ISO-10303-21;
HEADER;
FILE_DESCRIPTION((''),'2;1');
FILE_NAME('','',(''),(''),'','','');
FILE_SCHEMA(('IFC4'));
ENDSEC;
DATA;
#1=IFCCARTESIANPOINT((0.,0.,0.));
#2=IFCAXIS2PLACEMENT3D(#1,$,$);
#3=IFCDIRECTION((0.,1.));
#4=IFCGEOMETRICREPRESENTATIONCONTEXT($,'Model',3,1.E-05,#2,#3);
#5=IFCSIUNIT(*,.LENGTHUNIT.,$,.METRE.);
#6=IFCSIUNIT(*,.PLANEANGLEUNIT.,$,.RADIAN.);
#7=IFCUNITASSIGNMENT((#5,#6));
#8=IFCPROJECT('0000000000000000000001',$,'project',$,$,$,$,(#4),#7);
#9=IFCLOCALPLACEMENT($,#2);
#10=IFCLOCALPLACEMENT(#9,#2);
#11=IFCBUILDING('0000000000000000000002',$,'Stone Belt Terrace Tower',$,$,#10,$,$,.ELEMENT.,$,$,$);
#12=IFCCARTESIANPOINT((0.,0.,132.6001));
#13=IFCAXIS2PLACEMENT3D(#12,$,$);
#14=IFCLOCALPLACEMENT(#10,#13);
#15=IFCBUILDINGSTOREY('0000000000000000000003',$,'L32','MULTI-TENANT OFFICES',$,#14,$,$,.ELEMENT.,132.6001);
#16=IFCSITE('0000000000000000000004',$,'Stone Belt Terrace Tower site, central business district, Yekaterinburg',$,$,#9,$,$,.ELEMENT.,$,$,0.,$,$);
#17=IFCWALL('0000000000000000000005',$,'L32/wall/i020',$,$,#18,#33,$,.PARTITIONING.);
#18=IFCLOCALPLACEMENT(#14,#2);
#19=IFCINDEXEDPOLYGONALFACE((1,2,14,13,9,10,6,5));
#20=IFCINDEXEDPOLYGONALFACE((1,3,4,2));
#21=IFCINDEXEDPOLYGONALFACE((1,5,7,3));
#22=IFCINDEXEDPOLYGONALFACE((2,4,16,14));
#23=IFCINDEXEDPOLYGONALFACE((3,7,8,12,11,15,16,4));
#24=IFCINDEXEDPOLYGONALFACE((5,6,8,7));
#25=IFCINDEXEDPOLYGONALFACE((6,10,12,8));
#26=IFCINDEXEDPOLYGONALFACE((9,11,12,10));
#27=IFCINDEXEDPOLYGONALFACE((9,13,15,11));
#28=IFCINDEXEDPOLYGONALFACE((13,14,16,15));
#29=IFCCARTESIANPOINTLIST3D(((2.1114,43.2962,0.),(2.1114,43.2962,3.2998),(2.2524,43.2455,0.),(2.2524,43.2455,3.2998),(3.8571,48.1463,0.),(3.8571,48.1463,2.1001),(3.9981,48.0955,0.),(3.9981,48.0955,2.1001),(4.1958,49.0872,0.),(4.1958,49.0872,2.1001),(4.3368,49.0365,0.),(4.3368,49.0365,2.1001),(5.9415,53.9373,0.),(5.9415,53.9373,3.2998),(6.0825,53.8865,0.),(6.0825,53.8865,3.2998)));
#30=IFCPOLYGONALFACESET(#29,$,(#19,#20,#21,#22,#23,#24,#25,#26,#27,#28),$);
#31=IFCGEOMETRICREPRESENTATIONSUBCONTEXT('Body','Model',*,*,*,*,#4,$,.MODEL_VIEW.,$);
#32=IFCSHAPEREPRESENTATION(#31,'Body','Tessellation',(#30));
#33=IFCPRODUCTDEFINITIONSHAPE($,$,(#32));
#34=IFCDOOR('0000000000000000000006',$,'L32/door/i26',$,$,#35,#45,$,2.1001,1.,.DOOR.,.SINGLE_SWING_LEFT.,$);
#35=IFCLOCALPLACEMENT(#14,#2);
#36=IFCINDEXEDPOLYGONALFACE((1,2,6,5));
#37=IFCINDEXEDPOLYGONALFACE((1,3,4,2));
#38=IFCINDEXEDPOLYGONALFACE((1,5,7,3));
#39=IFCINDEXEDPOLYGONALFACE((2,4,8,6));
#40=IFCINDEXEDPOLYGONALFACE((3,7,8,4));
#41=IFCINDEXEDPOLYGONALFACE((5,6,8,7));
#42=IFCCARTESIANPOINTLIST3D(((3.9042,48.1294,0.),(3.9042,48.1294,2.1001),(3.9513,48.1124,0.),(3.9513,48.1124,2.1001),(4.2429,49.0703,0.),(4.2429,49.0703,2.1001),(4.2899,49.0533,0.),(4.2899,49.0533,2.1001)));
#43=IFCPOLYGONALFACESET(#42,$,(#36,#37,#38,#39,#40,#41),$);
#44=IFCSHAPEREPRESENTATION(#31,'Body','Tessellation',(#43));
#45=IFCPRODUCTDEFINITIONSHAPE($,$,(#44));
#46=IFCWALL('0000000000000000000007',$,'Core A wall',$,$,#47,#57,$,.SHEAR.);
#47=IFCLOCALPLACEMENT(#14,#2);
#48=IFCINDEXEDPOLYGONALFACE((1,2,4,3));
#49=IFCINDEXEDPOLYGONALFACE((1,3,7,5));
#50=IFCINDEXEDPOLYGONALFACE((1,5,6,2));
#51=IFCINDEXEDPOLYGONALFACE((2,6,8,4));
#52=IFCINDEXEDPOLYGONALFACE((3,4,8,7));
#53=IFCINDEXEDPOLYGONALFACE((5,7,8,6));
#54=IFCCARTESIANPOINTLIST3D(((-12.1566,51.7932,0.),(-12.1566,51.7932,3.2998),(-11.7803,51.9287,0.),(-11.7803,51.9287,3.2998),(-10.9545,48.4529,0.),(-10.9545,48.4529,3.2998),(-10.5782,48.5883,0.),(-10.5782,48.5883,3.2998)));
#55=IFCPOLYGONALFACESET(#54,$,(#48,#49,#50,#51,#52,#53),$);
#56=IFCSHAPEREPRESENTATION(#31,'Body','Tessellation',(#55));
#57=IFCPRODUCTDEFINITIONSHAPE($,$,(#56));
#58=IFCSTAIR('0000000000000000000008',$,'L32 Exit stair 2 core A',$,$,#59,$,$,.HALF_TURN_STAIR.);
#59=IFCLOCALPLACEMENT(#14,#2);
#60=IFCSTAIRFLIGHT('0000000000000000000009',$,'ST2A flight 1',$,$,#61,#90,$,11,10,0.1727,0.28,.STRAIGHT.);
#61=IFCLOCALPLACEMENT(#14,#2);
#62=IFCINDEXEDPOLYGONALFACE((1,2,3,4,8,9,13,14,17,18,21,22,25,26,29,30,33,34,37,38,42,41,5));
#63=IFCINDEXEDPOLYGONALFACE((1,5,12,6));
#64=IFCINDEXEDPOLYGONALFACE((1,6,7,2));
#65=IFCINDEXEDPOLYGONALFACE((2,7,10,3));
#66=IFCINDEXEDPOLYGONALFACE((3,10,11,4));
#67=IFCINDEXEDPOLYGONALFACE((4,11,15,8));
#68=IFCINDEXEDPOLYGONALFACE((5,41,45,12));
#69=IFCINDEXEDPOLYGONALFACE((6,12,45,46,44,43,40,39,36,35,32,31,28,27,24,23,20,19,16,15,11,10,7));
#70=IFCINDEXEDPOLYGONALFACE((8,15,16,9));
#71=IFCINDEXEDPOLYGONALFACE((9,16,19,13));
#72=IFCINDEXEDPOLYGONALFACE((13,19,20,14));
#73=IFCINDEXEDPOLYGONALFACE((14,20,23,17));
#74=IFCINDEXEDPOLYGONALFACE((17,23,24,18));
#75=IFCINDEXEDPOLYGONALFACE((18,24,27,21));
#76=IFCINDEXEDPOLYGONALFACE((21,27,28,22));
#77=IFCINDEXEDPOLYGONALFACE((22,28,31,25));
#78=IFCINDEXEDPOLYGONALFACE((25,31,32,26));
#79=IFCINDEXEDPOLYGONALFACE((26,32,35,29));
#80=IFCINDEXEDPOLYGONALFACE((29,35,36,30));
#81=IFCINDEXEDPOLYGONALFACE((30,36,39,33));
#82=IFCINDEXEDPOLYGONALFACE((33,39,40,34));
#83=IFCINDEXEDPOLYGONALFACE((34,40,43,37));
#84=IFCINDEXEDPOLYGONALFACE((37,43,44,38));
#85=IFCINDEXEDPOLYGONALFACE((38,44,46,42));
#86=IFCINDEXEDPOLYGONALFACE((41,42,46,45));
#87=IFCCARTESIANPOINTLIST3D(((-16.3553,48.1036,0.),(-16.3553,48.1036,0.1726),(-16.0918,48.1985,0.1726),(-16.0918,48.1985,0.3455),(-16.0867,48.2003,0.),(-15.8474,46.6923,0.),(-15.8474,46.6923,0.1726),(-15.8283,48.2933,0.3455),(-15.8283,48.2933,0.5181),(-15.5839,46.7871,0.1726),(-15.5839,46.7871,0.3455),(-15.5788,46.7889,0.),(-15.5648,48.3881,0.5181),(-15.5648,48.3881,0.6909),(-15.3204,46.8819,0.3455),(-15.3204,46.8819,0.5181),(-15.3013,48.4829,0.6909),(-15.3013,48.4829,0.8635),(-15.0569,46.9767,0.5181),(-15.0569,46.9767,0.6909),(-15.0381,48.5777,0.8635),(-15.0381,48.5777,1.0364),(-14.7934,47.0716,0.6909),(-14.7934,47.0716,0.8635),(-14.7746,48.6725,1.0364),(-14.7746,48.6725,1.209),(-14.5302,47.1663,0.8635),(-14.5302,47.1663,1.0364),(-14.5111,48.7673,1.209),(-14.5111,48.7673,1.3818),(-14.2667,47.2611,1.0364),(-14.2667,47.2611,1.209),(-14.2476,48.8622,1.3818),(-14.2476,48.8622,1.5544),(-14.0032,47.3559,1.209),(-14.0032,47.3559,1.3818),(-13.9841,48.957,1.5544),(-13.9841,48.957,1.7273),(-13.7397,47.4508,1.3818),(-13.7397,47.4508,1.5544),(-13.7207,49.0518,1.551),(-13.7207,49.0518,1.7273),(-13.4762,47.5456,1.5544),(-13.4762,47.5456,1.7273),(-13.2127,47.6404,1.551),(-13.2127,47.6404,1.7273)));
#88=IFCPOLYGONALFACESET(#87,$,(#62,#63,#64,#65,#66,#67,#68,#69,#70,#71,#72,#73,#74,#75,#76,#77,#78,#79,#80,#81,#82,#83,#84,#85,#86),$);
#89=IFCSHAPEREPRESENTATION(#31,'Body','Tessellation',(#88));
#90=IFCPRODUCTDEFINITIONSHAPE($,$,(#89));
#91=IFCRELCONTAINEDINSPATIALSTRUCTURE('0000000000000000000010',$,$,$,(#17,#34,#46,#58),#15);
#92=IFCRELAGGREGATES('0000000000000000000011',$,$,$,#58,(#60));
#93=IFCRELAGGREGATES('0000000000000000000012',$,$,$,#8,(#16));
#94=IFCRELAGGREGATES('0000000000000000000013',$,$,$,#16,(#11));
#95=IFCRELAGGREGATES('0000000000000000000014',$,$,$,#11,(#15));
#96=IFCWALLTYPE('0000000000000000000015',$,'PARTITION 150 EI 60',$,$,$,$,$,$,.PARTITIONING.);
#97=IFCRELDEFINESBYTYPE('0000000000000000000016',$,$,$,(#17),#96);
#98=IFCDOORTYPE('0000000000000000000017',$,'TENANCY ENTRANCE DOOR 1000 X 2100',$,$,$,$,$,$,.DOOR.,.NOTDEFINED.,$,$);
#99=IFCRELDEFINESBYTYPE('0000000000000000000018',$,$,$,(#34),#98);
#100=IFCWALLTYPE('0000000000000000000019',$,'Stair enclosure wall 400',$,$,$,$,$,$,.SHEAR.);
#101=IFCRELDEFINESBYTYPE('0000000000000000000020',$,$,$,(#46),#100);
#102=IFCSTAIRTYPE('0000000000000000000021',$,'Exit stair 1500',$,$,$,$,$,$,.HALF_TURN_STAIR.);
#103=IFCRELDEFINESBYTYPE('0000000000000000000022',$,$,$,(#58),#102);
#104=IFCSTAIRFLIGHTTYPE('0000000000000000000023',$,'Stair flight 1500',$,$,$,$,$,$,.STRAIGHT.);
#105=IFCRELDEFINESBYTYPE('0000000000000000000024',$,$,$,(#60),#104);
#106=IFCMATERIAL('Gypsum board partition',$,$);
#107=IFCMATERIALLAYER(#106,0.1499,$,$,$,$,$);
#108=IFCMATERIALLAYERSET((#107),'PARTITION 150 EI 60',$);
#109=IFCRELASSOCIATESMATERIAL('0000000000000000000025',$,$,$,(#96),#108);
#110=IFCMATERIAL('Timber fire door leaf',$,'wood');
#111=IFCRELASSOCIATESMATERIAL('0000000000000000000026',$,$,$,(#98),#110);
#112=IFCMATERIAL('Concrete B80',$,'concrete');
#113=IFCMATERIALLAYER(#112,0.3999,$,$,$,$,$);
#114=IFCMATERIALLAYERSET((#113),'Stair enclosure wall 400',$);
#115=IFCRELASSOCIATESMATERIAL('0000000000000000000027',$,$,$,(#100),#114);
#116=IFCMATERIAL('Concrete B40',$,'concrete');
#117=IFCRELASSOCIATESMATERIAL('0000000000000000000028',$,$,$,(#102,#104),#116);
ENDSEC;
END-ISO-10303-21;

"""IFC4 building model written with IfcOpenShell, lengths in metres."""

from ifc_helpers import new_model, si_unit, direction, frame, frame_2d, origin, place, context, subcontext, project, spatial, polyline, rectangle, outline, extrude, material, layer, layer_set, type_object, element, fill, aggregate, save


model = new_model("IFC4")

# Units and contexts
model_context = context("Model", 3, precision=1e-05, world=origin(), true_north=direction((0.0, 1.0)))
body_context = subcontext(model_context, "Body", "Model", "MODEL_VIEW")
ifc_project = project(units=[si_unit("LENGTHUNIT", "METRE"), si_unit("PLANEANGLEUNIT", "RADIAN")], contexts=[model_context])

# Site, building, storey
site_placement = place(None, origin())
site = spatial("IfcSite", under=ifc_project, at=site_placement, Name="Stone Belt Terrace Tower site, central business district, Yekaterinburg", CompositionType="ELEMENT", RefElevation=0.0)
building_placement = place(site_placement, origin())
building = spatial("IfcBuilding", under=site, at=building_placement, Name="Stone Belt Terrace Tower", CompositionType="ELEMENT")
storey_placement = place(building_placement, frame((0.0, 0.0, 132.6001)))
storey = spatial("IfcBuildingStorey", under=building, at=storey_placement, Name="L32", Description="MULTI-TENANT OFFICES", CompositionType="ELEMENT", Elevation=132.6001)

# Shared definitions
ifc_material_1 = material(Name="Concrete B80", Category="concrete")

# Shared definitions
ifc_material_2 = material(Name="Gypsum board partition")
ifc_layer_1 = layer(ifc_material_2, 0.1499)
ifc_layer_set_1 = layer_set([ifc_layer_1], Name="PARTITION 150 EI 60")
wall_type_1 = type_object("IfcWallType", Name="PARTITION 150 EI 60", PredefinedType="PARTITIONING", material=ifc_layer_set_1)

# Wall, opening, door
wall_1_placement = place(storey_placement, frame((2.1819, 43.2708, 0.0), z_axis=(0.0, 0.0, 1.0), x_axis=(0.338663, 0.940908, 0.0)))
wall_1 = element("IfcWall", 1, at=wall_1_placement, inside=storey, type_object=wall_type_1, Name="L32/wall/i020", PredefinedType="PARTITIONING", context=body_context, shape_type="SweptSolid", body=[
    extrude(rectangle(XDim=11.3093, YDim=0.1499, at=frame_2d((5.6548, 0.0))), origin(), (0.0, 0.0, 1.0), 3.2998),
])
opening_1_placement = place(wall_1_placement, frame((5.1548, 0.0, 0.0)))
opening_1 = element("IfcOpeningElement", 2, at=opening_1_placement, cuts=wall_1, PredefinedType="OPENING", context=body_context, shape_type="SweptSolid", body=[
    extrude(rectangle(XDim=1.0, YDim=2.1001, at=frame_2d((0.5, 1.05))), frame((0.0, 0.085, 0.0), z_axis=(0.0, -1.0, 0.0), x_axis=(1.0, 0.0, 0.0)), (0.0, 0.0, 1.0), 0.1699),
])
ifc_material_3 = material(Name="Timber fire door leaf", Category="wood")
door_type_1 = type_object("IfcDoorType", Name="TENANCY ENTRANCE DOOR 1000 X 2100", OperationType="NOTDEFINED", PredefinedType="DOOR", material=ifc_material_3)
door_1_placement = place(opening_1_placement, origin())
door_1 = element("IfcDoor", 3, at=door_1_placement, inside=storey, type_object=door_type_1, Name="L32/door/i26", OperationType="SINGLE_SWING_LEFT", OverallHeight=2.1001, OverallWidth=1.0, PredefinedType="DOOR", context=body_context, shape_type="SweptSolid", body=[
    extrude(rectangle(XDim=1.0, YDim=2.1001, at=frame_2d((0.5, 1.05))), frame((0.0, 0.0249, 0.0), z_axis=(0.0, -1.0, 0.0), x_axis=(1.0, 0.0, 0.0)), (0.0, 0.0, 1.0), 0.05),
])
fill(opening_1, door_1)

# Wall
ifc_layer_2 = layer(ifc_material_1, 0.3999)
ifc_layer_set_2 = layer_set([ifc_layer_2], Name="Stair enclosure wall 400")
wall_type_2 = type_object("IfcWallType", Name="Stair enclosure wall 400", PredefinedType="SHEAR", material=ifc_layer_set_2)
wall_2_placement = place(storey_placement, frame((-10.7664, 48.5208, 0.0), z_axis=(0.0, 0.0, 1.0), x_axis=(-0.338627, 0.940921, 0.0)))
element("IfcWall", 4, at=wall_2_placement, inside=storey, type_object=wall_type_2, Name="Core A wall", PredefinedType="SHEAR", context=body_context, shape_type="SweptSolid", body=[
    extrude(rectangle(XDim=3.55, YDim=0.3999, at=frame_2d((1.7749, 0.0))), origin(), (0.0, 0.0, 1.0), 3.2998),
])

# Stair, stair flight
ifc_material_4 = material(Name="Concrete B40", Category="concrete")
stair_type = type_object("IfcStairType", Name="Exit stair 1500", PredefinedType="HALF_TURN_STAIR", material=ifc_material_4)
stair_placement = place(storey_placement, origin())
stair = element("IfcStair", 5, at=stair_placement, inside=storey, type_object=stair_type, Name="L32 Exit stair 2 core A", PredefinedType="HALF_TURN_STAIR")
stair_flight_type = type_object("IfcStairFlightType", Name="Stair flight 1500", PredefinedType="STRAIGHT", material=ifc_material_4)
stair_flight_placement = place(storey_placement, frame((-16.1013, 47.3979, 0.0), z_axis=(0.0, 0.0, 1.0), x_axis=(0.940922, 0.338624, 0.0)))
stair_flight = element("IfcStairFlight", 6, at=stair_flight_placement, type_object=stair_flight_type, Name="ST2A flight 1", NumberOfRisers=11, NumberOfTreads=10, PredefinedType="STRAIGHT", RiserHeight=0.1727, TreadLength=0.28, context=body_context, shape_type="SweptSolid", body=[
    extrude(outline(polyline([(0.0, 0.0), (0.0, 0.1726), (0.28, 0.1726), (0.28, 0.3455), (0.5601, 0.3455), (0.5601, 0.5181), (0.8401, 0.5181), (0.8401, 0.6909), (1.1201, 0.6909), (1.1201, 0.8635), (1.3999, 0.8635), (1.3999, 1.0364), (1.6799, 1.0364), (1.6799, 1.209), (1.96, 1.209), (1.96, 1.3818), (2.24, 1.3818), (2.24, 1.5544), (2.52, 1.5544), (2.52, 1.7273), (2.8, 1.7273), (2.8, 1.8999), (2.8, 1.551), (0.2854, 0.0), (0.0, 0.0)])), frame((0.0, 0.75, 0.0), z_axis=(0.0, -1.0, 0.0), x_axis=(1.0, 0.0, 0.0)), (0.0, 0.0, 1.0), 1.5),
])
aggregate(stair, [stair_flight])

save(model, "model.ifc")
